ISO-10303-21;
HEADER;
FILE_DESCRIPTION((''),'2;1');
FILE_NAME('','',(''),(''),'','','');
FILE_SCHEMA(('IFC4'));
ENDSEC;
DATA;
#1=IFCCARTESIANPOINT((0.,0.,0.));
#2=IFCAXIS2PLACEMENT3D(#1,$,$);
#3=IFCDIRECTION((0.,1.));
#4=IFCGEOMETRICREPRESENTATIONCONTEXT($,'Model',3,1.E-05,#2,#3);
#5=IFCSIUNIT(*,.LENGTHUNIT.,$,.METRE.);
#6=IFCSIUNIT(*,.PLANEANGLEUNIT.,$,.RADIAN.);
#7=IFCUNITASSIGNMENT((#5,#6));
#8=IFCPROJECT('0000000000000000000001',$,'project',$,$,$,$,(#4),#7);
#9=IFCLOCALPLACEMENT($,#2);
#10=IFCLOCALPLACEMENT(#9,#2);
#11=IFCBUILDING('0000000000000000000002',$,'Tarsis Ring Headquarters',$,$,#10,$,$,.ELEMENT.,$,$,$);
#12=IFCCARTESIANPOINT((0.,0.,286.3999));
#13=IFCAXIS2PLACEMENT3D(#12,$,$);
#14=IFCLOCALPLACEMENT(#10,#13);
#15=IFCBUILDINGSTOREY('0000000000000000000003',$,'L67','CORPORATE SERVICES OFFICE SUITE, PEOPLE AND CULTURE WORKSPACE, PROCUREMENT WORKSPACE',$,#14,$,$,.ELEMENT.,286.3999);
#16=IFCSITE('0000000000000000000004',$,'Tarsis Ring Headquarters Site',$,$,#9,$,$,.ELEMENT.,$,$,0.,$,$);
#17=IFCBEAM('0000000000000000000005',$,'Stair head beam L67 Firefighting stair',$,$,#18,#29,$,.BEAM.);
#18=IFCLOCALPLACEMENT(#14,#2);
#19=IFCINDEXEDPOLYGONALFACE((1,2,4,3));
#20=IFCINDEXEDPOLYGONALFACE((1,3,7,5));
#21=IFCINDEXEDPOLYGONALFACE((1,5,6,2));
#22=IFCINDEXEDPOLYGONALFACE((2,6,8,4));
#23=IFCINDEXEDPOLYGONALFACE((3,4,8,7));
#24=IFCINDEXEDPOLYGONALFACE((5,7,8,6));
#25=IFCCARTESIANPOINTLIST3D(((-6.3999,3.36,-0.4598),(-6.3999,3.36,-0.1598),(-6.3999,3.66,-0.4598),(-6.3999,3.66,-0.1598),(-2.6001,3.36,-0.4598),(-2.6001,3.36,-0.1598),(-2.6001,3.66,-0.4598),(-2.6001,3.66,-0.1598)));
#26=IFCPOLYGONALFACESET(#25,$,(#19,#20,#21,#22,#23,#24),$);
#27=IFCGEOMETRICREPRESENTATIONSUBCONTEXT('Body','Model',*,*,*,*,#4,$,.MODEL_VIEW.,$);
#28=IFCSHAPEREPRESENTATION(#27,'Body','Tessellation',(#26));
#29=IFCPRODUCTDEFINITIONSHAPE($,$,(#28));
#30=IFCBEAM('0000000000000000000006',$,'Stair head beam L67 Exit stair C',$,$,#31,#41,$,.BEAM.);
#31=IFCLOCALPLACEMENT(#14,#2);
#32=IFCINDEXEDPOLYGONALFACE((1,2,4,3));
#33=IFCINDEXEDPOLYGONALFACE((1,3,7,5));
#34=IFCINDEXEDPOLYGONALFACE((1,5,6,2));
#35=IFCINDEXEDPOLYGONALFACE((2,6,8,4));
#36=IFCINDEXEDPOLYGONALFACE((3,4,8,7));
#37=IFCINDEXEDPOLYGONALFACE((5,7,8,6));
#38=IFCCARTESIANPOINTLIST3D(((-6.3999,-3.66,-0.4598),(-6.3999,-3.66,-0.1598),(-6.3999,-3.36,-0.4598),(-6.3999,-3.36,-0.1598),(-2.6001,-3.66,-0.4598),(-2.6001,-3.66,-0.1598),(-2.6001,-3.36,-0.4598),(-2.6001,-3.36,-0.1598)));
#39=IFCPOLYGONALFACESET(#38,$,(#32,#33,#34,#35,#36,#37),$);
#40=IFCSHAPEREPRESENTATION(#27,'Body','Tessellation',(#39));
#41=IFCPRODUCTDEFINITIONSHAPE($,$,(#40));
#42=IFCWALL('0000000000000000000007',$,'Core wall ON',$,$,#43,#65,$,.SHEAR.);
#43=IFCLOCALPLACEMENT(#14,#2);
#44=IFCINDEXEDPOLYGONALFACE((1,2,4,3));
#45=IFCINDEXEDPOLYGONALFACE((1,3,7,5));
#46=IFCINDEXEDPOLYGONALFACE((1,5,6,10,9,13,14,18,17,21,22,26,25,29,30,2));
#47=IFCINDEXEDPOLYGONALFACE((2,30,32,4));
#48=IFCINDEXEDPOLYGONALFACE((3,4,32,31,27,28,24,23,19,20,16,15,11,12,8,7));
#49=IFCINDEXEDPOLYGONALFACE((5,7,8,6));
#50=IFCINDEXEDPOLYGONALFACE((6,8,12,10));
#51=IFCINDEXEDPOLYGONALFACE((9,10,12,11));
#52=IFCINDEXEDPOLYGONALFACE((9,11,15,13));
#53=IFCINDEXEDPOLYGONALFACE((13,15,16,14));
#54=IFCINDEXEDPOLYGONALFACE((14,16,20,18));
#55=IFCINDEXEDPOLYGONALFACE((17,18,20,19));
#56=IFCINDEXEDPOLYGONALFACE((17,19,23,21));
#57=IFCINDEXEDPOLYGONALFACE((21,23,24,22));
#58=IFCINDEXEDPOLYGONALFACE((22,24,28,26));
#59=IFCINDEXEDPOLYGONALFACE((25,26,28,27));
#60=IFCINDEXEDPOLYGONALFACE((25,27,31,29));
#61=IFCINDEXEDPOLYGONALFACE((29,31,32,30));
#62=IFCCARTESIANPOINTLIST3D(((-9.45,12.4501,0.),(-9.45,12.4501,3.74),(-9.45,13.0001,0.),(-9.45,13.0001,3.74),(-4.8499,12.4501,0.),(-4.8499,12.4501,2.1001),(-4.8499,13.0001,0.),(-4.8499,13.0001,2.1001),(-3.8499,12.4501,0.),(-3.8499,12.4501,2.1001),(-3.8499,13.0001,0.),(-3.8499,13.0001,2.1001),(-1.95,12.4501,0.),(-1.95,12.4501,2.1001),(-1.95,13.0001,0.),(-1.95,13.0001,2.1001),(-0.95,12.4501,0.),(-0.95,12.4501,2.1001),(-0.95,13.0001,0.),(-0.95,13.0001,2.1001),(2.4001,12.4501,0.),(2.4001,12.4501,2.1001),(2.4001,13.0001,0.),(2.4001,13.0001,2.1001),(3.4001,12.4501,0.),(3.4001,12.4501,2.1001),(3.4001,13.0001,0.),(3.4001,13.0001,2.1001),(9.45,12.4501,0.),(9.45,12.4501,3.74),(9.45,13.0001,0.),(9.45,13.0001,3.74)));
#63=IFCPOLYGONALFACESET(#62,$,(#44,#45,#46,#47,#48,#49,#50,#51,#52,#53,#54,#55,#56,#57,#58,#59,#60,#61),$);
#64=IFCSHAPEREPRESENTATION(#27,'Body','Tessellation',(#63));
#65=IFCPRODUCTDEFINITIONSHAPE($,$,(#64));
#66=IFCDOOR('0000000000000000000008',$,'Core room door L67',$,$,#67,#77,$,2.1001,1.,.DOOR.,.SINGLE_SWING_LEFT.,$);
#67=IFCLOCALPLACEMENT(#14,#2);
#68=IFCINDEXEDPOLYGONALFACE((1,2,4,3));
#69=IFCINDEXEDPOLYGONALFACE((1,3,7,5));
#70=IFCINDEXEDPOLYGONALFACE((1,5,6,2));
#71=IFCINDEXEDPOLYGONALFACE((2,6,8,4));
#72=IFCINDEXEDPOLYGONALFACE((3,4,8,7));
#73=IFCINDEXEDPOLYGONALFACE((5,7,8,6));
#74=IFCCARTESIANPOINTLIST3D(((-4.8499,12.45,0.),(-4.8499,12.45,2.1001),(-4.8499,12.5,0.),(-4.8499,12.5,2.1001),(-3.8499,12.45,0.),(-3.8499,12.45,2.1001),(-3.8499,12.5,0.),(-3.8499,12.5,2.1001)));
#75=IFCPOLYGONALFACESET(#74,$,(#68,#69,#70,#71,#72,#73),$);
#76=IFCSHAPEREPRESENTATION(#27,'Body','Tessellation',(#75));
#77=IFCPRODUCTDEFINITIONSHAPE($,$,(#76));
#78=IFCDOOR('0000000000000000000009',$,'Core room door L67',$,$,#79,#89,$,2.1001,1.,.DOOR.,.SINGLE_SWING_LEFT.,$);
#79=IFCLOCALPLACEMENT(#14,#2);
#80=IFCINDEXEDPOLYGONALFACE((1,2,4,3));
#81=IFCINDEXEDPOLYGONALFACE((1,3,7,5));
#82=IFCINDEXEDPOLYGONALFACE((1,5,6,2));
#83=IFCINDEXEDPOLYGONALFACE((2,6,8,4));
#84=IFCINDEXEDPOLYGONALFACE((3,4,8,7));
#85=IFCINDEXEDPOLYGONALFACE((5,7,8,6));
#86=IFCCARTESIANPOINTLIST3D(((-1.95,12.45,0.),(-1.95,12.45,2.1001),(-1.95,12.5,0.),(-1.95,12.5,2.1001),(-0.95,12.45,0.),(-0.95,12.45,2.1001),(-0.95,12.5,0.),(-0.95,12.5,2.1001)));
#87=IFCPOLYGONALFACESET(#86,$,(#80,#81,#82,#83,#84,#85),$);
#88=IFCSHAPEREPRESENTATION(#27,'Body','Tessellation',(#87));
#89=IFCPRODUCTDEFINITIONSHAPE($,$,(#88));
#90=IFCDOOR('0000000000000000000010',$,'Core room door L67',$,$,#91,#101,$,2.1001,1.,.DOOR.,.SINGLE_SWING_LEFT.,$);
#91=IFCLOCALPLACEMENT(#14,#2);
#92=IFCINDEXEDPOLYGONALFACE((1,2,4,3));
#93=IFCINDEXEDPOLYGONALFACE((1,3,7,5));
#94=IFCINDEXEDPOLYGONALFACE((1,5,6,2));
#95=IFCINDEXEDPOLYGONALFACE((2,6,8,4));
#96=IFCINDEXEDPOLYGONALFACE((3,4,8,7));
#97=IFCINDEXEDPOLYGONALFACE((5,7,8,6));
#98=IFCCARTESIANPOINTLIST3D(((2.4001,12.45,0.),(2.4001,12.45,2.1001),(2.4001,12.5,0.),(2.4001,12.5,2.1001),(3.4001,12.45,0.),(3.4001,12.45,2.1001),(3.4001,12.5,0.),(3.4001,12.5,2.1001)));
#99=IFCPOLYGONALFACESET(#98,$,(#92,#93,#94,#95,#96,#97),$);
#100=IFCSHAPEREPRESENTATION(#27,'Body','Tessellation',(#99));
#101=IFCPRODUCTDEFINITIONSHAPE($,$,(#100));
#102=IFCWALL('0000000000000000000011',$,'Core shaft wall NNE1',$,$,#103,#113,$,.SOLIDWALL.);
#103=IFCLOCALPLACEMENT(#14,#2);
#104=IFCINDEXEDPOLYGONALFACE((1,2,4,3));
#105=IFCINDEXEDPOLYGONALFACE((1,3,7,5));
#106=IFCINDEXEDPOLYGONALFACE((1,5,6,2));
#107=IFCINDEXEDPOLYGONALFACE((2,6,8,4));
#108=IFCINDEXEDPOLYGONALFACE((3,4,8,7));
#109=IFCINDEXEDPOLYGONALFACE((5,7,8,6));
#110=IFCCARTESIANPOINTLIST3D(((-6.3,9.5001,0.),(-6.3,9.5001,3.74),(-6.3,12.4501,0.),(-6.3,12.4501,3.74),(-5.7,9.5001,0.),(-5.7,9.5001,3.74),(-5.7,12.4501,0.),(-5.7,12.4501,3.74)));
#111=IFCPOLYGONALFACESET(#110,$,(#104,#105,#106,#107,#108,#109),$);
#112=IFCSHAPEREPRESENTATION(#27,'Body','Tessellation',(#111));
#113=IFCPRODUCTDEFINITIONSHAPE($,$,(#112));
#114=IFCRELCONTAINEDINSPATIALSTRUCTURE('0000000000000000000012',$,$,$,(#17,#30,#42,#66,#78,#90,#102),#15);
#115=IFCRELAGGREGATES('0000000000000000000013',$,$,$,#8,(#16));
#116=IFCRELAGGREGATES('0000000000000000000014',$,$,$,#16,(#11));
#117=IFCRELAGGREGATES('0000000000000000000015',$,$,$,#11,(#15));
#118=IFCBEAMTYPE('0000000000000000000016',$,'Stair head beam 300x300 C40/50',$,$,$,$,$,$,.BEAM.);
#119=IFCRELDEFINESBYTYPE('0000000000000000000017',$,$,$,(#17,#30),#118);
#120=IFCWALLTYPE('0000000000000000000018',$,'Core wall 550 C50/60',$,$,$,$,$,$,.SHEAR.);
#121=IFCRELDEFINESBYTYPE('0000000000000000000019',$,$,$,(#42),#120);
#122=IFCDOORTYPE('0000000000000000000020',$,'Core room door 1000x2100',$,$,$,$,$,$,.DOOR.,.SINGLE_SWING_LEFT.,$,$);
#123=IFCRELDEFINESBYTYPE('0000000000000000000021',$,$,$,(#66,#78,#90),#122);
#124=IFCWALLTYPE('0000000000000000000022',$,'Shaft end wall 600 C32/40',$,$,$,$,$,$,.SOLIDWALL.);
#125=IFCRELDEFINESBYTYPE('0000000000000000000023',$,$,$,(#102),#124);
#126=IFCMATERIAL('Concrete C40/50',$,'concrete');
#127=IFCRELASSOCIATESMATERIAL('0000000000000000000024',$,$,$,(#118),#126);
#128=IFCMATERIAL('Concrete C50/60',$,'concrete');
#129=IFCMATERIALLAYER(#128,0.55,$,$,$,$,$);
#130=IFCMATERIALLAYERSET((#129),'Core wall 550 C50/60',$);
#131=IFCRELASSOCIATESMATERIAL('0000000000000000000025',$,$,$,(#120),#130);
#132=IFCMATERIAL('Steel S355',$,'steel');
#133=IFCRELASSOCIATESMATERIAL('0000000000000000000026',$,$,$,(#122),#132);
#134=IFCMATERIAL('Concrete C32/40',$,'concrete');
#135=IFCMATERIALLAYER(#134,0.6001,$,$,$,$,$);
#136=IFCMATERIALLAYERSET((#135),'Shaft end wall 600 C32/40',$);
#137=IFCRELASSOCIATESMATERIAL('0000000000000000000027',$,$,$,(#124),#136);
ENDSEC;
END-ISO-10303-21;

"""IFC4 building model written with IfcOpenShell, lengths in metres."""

from ifc_helpers import new_model, si_unit, direction, frame, frame_2d, origin, origin_2d, place, context, subcontext, project, spatial, rectangle, extrude, material, layer, layer_set, material_profile, profile_set, type_object, element, fill, save


model = new_model("IFC4")

# Units and contexts
model_context = context("Model", 3, precision=1e-05, world=origin(), true_north=direction((0.0, 1.0)))
body_context = subcontext(model_context, "Body", "Model", "MODEL_VIEW")
ifc_project = project(units=[si_unit("LENGTHUNIT", "METRE"), si_unit("PLANEANGLEUNIT", "RADIAN")], contexts=[model_context])

# Site, building, storey
site_placement = place(None, origin())
site = spatial("IfcSite", under=ifc_project, at=site_placement, Name="Tarsis Ring Headquarters Site", CompositionType="ELEMENT", RefElevation=0.0)
building_placement = place(site_placement, origin())
building = spatial("IfcBuilding", under=site, at=building_placement, Name="Tarsis Ring Headquarters", CompositionType="ELEMENT")
storey_placement = place(building_placement, frame((0.0, 0.0, 286.3999)))
storey = spatial("IfcBuildingStorey", under=building, at=storey_placement, Name="L67", Description="CORPORATE SERVICES OFFICE SUITE, PEOPLE AND CULTURE WORKSPACE, PROCUREMENT WORKSPACE", CompositionType="ELEMENT", Elevation=286.3999)

# Beams
ifc_material_1 = material(Name="Concrete C40/50", Category="concrete")
ifc_material_profile = material_profile(ifc_material_1, rectangle(XDim=0.3, YDim=0.3, at=origin_2d()), Name="Stair head beam 300x300 C40/50")
ifc_profile_set = profile_set([ifc_material_profile], Name="Concrete C40/50")
beam_type = type_object("IfcBeamType", Name="Stair head beam 300x300 C40/50", PredefinedType="BEAM", material=ifc_profile_set)
for number, where, z_axis, x_axis, name in (
    (1, (-6.3999, 3.51, -0.3098), (1.0, 0.0, 0.0), (0.0, 1.0, 0.0), "Stair head beam L67 Firefighting stair"),
    (2, (-6.3999, -3.51, -0.3098), (1.0, 0.0, 0.0), (0.0, 1.0, 0.0), "Stair head beam L67 Exit stair C"),
):
    element("IfcBeam", number, at=place(storey_placement, frame(where, z_axis=z_axis, x_axis=x_axis)), inside=storey, type_object=beam_type, Name=name, PredefinedType="BEAM", context=body_context, shape_type="SweptSolid", body=[
        extrude(rectangle(XDim=0.3, YDim=0.3, at=origin_2d()), origin(), (0.0, 0.0, 1.0), 3.7998),
    ])

# Wall, openings, doors
ifc_material_2 = material(Name="Concrete C50/60", Category="concrete")
ifc_layer_1 = layer(ifc_material_2, 0.55)
ifc_layer_set_1 = layer_set([ifc_layer_1], Name="Core wall 550 C50/60")
wall_type_1 = type_object("IfcWallType", Name="Core wall 550 C50/60", PredefinedType="SHEAR", material=ifc_layer_set_1)
wall_1_placement = place(storey_placement, frame((-9.45, 12.7251, 0.0), z_axis=(0.0, 0.0, 1.0), x_axis=(1.0, 0.0, 0.0)))
wall_1 = element("IfcWall", 3, at=wall_1_placement, inside=storey, type_object=wall_type_1, Name="Core wall ON", PredefinedType="SHEAR", context=body_context, shape_type="SweptSolid", body=[
    extrude(rectangle(XDim=18.8999, YDim=0.55, at=frame_2d((9.45, 0.0))), origin(), (0.0, 0.0, 1.0), 3.74),
])
opening_1_placement = place(wall_1_placement, frame((4.6001, 0.0, 0.0)))
opening_1 = element("IfcOpeningElement", 4, at=opening_1_placement, cuts=wall_1, PredefinedType="OPENING", context=body_context, shape_type="SweptSolid", body=[
    extrude(rectangle(XDim=1.0, YDim=2.1001, at=frame_2d((0.5, 1.05))), frame((0.0, 0.2849, 0.0), z_axis=(0.0, -1.0, 0.0), x_axis=(1.0, 0.0, 0.0)), (0.0, 0.0, 1.0), 0.5701),
])
opening_2_placement = place(wall_1_placement, frame((7.5, 0.0, 0.0)))
opening_2 = element("IfcOpeningElement", 5, at=opening_2_placement, cuts=wall_1, PredefinedType="OPENING", context=body_context, shape_type="SweptSolid", body=[
    extrude(rectangle(XDim=1.0, YDim=2.1001, at=frame_2d((0.5, 1.05))), frame((0.0, 0.2849, 0.0), z_axis=(0.0, -1.0, 0.0), x_axis=(1.0, 0.0, 0.0)), (0.0, 0.0, 1.0), 0.5701),
])
opening_3_placement = place(wall_1_placement, frame((11.8501, 0.0, 0.0)))
opening_3 = element("IfcOpeningElement", 6, at=opening_3_placement, cuts=wall_1, PredefinedType="OPENING", context=body_context, shape_type="SweptSolid", body=[
    extrude(rectangle(XDim=1.0, YDim=2.1001, at=frame_2d((0.5, 1.05))), frame((0.0, 0.2849, 0.0), z_axis=(0.0, -1.0, 0.0), x_axis=(1.0, 0.0, 0.0)), (0.0, 0.0, 1.0), 0.5701),
])
ifc_material_3 = material(Name="Steel S355", Category="steel")
door_type_1 = type_object("IfcDoorType", Name="Core room door 1000x2100", OperationType="SINGLE_SWING_LEFT", PredefinedType="DOOR", material=ifc_material_3)
door_1_placement = place(opening_1_placement, origin())
door_1 = element("IfcDoor", 7, at=door_1_placement, inside=storey, type_object=door_type_1, Name="Core room door L67", OperationType="SINGLE_SWING_LEFT", OverallHeight=2.1001, OverallWidth=1.0, PredefinedType="DOOR", context=body_context, shape_type="SweptSolid", body=[
    extrude(rectangle(XDim=1.0, YDim=2.1001, at=frame_2d((0.5, 1.05))), frame((0.0, -0.2251, 0.0), z_axis=(0.0, -1.0, 0.0), x_axis=(1.0, 0.0, 0.0)), (0.0, 0.0, 1.0), 0.05),
])
fill(opening_1, door_1)
door_2_placement = place(opening_2_placement, origin())
door_2 = element("IfcDoor", 8, at=door_2_placement, inside=storey, type_object=door_type_1, Name="Core room door L67", OperationType="SINGLE_SWING_LEFT", OverallHeight=2.1001, OverallWidth=1.0, PredefinedType="DOOR", context=body_context, shape_type="SweptSolid", body=[
    extrude(rectangle(XDim=1.0, YDim=2.1001, at=frame_2d((0.5, 1.05))), frame((0.0, -0.2251, 0.0), z_axis=(0.0, -1.0, 0.0), x_axis=(1.0, 0.0, 0.0)), (0.0, 0.0, 1.0), 0.05),
])
fill(opening_2, door_2)
door_3_placement = place(opening_3_placement, origin())
door_3 = element("IfcDoor", 9, at=door_3_placement, inside=storey, type_object=door_type_1, Name="Core room door L67", OperationType="SINGLE_SWING_LEFT", OverallHeight=2.1001, OverallWidth=1.0, PredefinedType="DOOR", context=body_context, shape_type="SweptSolid", body=[
    extrude(rectangle(XDim=1.0, YDim=2.1001, at=frame_2d((0.5, 1.05))), frame((0.0, -0.2251, 0.0), z_axis=(0.0, -1.0, 0.0), x_axis=(1.0, 0.0, 0.0)), (0.0, 0.0, 1.0), 0.05),
])
fill(opening_3, door_3)

# Wall
ifc_material_4 = material(Name="Concrete C32/40", Category="concrete")
ifc_layer_2 = layer(ifc_material_4, 0.6001)
ifc_layer_set_2 = layer_set([ifc_layer_2], Name="Shaft end wall 600 C32/40")
wall_type_2 = type_object("IfcWallType", Name="Shaft end wall 600 C32/40", PredefinedType="SOLIDWALL", material=ifc_layer_set_2)
wall_2_placement = place(storey_placement, frame((-6.0, 9.5, 0.0), z_axis=(0.0, 0.0, 1.0), x_axis=(0.0, 1.0, 0.0)))
element("IfcWall", 10, at=wall_2_placement, inside=storey, type_object=wall_type_2, Name="Core shaft wall NNE1", PredefinedType="SOLIDWALL", context=body_context, shape_type="SweptSolid", body=[
    extrude(rectangle(XDim=2.95, YDim=0.6001, at=frame_2d((1.4751, 0.0))), origin(), (0.0, 0.0, 1.0), 3.74),
])

save(model, "model.ifc")
